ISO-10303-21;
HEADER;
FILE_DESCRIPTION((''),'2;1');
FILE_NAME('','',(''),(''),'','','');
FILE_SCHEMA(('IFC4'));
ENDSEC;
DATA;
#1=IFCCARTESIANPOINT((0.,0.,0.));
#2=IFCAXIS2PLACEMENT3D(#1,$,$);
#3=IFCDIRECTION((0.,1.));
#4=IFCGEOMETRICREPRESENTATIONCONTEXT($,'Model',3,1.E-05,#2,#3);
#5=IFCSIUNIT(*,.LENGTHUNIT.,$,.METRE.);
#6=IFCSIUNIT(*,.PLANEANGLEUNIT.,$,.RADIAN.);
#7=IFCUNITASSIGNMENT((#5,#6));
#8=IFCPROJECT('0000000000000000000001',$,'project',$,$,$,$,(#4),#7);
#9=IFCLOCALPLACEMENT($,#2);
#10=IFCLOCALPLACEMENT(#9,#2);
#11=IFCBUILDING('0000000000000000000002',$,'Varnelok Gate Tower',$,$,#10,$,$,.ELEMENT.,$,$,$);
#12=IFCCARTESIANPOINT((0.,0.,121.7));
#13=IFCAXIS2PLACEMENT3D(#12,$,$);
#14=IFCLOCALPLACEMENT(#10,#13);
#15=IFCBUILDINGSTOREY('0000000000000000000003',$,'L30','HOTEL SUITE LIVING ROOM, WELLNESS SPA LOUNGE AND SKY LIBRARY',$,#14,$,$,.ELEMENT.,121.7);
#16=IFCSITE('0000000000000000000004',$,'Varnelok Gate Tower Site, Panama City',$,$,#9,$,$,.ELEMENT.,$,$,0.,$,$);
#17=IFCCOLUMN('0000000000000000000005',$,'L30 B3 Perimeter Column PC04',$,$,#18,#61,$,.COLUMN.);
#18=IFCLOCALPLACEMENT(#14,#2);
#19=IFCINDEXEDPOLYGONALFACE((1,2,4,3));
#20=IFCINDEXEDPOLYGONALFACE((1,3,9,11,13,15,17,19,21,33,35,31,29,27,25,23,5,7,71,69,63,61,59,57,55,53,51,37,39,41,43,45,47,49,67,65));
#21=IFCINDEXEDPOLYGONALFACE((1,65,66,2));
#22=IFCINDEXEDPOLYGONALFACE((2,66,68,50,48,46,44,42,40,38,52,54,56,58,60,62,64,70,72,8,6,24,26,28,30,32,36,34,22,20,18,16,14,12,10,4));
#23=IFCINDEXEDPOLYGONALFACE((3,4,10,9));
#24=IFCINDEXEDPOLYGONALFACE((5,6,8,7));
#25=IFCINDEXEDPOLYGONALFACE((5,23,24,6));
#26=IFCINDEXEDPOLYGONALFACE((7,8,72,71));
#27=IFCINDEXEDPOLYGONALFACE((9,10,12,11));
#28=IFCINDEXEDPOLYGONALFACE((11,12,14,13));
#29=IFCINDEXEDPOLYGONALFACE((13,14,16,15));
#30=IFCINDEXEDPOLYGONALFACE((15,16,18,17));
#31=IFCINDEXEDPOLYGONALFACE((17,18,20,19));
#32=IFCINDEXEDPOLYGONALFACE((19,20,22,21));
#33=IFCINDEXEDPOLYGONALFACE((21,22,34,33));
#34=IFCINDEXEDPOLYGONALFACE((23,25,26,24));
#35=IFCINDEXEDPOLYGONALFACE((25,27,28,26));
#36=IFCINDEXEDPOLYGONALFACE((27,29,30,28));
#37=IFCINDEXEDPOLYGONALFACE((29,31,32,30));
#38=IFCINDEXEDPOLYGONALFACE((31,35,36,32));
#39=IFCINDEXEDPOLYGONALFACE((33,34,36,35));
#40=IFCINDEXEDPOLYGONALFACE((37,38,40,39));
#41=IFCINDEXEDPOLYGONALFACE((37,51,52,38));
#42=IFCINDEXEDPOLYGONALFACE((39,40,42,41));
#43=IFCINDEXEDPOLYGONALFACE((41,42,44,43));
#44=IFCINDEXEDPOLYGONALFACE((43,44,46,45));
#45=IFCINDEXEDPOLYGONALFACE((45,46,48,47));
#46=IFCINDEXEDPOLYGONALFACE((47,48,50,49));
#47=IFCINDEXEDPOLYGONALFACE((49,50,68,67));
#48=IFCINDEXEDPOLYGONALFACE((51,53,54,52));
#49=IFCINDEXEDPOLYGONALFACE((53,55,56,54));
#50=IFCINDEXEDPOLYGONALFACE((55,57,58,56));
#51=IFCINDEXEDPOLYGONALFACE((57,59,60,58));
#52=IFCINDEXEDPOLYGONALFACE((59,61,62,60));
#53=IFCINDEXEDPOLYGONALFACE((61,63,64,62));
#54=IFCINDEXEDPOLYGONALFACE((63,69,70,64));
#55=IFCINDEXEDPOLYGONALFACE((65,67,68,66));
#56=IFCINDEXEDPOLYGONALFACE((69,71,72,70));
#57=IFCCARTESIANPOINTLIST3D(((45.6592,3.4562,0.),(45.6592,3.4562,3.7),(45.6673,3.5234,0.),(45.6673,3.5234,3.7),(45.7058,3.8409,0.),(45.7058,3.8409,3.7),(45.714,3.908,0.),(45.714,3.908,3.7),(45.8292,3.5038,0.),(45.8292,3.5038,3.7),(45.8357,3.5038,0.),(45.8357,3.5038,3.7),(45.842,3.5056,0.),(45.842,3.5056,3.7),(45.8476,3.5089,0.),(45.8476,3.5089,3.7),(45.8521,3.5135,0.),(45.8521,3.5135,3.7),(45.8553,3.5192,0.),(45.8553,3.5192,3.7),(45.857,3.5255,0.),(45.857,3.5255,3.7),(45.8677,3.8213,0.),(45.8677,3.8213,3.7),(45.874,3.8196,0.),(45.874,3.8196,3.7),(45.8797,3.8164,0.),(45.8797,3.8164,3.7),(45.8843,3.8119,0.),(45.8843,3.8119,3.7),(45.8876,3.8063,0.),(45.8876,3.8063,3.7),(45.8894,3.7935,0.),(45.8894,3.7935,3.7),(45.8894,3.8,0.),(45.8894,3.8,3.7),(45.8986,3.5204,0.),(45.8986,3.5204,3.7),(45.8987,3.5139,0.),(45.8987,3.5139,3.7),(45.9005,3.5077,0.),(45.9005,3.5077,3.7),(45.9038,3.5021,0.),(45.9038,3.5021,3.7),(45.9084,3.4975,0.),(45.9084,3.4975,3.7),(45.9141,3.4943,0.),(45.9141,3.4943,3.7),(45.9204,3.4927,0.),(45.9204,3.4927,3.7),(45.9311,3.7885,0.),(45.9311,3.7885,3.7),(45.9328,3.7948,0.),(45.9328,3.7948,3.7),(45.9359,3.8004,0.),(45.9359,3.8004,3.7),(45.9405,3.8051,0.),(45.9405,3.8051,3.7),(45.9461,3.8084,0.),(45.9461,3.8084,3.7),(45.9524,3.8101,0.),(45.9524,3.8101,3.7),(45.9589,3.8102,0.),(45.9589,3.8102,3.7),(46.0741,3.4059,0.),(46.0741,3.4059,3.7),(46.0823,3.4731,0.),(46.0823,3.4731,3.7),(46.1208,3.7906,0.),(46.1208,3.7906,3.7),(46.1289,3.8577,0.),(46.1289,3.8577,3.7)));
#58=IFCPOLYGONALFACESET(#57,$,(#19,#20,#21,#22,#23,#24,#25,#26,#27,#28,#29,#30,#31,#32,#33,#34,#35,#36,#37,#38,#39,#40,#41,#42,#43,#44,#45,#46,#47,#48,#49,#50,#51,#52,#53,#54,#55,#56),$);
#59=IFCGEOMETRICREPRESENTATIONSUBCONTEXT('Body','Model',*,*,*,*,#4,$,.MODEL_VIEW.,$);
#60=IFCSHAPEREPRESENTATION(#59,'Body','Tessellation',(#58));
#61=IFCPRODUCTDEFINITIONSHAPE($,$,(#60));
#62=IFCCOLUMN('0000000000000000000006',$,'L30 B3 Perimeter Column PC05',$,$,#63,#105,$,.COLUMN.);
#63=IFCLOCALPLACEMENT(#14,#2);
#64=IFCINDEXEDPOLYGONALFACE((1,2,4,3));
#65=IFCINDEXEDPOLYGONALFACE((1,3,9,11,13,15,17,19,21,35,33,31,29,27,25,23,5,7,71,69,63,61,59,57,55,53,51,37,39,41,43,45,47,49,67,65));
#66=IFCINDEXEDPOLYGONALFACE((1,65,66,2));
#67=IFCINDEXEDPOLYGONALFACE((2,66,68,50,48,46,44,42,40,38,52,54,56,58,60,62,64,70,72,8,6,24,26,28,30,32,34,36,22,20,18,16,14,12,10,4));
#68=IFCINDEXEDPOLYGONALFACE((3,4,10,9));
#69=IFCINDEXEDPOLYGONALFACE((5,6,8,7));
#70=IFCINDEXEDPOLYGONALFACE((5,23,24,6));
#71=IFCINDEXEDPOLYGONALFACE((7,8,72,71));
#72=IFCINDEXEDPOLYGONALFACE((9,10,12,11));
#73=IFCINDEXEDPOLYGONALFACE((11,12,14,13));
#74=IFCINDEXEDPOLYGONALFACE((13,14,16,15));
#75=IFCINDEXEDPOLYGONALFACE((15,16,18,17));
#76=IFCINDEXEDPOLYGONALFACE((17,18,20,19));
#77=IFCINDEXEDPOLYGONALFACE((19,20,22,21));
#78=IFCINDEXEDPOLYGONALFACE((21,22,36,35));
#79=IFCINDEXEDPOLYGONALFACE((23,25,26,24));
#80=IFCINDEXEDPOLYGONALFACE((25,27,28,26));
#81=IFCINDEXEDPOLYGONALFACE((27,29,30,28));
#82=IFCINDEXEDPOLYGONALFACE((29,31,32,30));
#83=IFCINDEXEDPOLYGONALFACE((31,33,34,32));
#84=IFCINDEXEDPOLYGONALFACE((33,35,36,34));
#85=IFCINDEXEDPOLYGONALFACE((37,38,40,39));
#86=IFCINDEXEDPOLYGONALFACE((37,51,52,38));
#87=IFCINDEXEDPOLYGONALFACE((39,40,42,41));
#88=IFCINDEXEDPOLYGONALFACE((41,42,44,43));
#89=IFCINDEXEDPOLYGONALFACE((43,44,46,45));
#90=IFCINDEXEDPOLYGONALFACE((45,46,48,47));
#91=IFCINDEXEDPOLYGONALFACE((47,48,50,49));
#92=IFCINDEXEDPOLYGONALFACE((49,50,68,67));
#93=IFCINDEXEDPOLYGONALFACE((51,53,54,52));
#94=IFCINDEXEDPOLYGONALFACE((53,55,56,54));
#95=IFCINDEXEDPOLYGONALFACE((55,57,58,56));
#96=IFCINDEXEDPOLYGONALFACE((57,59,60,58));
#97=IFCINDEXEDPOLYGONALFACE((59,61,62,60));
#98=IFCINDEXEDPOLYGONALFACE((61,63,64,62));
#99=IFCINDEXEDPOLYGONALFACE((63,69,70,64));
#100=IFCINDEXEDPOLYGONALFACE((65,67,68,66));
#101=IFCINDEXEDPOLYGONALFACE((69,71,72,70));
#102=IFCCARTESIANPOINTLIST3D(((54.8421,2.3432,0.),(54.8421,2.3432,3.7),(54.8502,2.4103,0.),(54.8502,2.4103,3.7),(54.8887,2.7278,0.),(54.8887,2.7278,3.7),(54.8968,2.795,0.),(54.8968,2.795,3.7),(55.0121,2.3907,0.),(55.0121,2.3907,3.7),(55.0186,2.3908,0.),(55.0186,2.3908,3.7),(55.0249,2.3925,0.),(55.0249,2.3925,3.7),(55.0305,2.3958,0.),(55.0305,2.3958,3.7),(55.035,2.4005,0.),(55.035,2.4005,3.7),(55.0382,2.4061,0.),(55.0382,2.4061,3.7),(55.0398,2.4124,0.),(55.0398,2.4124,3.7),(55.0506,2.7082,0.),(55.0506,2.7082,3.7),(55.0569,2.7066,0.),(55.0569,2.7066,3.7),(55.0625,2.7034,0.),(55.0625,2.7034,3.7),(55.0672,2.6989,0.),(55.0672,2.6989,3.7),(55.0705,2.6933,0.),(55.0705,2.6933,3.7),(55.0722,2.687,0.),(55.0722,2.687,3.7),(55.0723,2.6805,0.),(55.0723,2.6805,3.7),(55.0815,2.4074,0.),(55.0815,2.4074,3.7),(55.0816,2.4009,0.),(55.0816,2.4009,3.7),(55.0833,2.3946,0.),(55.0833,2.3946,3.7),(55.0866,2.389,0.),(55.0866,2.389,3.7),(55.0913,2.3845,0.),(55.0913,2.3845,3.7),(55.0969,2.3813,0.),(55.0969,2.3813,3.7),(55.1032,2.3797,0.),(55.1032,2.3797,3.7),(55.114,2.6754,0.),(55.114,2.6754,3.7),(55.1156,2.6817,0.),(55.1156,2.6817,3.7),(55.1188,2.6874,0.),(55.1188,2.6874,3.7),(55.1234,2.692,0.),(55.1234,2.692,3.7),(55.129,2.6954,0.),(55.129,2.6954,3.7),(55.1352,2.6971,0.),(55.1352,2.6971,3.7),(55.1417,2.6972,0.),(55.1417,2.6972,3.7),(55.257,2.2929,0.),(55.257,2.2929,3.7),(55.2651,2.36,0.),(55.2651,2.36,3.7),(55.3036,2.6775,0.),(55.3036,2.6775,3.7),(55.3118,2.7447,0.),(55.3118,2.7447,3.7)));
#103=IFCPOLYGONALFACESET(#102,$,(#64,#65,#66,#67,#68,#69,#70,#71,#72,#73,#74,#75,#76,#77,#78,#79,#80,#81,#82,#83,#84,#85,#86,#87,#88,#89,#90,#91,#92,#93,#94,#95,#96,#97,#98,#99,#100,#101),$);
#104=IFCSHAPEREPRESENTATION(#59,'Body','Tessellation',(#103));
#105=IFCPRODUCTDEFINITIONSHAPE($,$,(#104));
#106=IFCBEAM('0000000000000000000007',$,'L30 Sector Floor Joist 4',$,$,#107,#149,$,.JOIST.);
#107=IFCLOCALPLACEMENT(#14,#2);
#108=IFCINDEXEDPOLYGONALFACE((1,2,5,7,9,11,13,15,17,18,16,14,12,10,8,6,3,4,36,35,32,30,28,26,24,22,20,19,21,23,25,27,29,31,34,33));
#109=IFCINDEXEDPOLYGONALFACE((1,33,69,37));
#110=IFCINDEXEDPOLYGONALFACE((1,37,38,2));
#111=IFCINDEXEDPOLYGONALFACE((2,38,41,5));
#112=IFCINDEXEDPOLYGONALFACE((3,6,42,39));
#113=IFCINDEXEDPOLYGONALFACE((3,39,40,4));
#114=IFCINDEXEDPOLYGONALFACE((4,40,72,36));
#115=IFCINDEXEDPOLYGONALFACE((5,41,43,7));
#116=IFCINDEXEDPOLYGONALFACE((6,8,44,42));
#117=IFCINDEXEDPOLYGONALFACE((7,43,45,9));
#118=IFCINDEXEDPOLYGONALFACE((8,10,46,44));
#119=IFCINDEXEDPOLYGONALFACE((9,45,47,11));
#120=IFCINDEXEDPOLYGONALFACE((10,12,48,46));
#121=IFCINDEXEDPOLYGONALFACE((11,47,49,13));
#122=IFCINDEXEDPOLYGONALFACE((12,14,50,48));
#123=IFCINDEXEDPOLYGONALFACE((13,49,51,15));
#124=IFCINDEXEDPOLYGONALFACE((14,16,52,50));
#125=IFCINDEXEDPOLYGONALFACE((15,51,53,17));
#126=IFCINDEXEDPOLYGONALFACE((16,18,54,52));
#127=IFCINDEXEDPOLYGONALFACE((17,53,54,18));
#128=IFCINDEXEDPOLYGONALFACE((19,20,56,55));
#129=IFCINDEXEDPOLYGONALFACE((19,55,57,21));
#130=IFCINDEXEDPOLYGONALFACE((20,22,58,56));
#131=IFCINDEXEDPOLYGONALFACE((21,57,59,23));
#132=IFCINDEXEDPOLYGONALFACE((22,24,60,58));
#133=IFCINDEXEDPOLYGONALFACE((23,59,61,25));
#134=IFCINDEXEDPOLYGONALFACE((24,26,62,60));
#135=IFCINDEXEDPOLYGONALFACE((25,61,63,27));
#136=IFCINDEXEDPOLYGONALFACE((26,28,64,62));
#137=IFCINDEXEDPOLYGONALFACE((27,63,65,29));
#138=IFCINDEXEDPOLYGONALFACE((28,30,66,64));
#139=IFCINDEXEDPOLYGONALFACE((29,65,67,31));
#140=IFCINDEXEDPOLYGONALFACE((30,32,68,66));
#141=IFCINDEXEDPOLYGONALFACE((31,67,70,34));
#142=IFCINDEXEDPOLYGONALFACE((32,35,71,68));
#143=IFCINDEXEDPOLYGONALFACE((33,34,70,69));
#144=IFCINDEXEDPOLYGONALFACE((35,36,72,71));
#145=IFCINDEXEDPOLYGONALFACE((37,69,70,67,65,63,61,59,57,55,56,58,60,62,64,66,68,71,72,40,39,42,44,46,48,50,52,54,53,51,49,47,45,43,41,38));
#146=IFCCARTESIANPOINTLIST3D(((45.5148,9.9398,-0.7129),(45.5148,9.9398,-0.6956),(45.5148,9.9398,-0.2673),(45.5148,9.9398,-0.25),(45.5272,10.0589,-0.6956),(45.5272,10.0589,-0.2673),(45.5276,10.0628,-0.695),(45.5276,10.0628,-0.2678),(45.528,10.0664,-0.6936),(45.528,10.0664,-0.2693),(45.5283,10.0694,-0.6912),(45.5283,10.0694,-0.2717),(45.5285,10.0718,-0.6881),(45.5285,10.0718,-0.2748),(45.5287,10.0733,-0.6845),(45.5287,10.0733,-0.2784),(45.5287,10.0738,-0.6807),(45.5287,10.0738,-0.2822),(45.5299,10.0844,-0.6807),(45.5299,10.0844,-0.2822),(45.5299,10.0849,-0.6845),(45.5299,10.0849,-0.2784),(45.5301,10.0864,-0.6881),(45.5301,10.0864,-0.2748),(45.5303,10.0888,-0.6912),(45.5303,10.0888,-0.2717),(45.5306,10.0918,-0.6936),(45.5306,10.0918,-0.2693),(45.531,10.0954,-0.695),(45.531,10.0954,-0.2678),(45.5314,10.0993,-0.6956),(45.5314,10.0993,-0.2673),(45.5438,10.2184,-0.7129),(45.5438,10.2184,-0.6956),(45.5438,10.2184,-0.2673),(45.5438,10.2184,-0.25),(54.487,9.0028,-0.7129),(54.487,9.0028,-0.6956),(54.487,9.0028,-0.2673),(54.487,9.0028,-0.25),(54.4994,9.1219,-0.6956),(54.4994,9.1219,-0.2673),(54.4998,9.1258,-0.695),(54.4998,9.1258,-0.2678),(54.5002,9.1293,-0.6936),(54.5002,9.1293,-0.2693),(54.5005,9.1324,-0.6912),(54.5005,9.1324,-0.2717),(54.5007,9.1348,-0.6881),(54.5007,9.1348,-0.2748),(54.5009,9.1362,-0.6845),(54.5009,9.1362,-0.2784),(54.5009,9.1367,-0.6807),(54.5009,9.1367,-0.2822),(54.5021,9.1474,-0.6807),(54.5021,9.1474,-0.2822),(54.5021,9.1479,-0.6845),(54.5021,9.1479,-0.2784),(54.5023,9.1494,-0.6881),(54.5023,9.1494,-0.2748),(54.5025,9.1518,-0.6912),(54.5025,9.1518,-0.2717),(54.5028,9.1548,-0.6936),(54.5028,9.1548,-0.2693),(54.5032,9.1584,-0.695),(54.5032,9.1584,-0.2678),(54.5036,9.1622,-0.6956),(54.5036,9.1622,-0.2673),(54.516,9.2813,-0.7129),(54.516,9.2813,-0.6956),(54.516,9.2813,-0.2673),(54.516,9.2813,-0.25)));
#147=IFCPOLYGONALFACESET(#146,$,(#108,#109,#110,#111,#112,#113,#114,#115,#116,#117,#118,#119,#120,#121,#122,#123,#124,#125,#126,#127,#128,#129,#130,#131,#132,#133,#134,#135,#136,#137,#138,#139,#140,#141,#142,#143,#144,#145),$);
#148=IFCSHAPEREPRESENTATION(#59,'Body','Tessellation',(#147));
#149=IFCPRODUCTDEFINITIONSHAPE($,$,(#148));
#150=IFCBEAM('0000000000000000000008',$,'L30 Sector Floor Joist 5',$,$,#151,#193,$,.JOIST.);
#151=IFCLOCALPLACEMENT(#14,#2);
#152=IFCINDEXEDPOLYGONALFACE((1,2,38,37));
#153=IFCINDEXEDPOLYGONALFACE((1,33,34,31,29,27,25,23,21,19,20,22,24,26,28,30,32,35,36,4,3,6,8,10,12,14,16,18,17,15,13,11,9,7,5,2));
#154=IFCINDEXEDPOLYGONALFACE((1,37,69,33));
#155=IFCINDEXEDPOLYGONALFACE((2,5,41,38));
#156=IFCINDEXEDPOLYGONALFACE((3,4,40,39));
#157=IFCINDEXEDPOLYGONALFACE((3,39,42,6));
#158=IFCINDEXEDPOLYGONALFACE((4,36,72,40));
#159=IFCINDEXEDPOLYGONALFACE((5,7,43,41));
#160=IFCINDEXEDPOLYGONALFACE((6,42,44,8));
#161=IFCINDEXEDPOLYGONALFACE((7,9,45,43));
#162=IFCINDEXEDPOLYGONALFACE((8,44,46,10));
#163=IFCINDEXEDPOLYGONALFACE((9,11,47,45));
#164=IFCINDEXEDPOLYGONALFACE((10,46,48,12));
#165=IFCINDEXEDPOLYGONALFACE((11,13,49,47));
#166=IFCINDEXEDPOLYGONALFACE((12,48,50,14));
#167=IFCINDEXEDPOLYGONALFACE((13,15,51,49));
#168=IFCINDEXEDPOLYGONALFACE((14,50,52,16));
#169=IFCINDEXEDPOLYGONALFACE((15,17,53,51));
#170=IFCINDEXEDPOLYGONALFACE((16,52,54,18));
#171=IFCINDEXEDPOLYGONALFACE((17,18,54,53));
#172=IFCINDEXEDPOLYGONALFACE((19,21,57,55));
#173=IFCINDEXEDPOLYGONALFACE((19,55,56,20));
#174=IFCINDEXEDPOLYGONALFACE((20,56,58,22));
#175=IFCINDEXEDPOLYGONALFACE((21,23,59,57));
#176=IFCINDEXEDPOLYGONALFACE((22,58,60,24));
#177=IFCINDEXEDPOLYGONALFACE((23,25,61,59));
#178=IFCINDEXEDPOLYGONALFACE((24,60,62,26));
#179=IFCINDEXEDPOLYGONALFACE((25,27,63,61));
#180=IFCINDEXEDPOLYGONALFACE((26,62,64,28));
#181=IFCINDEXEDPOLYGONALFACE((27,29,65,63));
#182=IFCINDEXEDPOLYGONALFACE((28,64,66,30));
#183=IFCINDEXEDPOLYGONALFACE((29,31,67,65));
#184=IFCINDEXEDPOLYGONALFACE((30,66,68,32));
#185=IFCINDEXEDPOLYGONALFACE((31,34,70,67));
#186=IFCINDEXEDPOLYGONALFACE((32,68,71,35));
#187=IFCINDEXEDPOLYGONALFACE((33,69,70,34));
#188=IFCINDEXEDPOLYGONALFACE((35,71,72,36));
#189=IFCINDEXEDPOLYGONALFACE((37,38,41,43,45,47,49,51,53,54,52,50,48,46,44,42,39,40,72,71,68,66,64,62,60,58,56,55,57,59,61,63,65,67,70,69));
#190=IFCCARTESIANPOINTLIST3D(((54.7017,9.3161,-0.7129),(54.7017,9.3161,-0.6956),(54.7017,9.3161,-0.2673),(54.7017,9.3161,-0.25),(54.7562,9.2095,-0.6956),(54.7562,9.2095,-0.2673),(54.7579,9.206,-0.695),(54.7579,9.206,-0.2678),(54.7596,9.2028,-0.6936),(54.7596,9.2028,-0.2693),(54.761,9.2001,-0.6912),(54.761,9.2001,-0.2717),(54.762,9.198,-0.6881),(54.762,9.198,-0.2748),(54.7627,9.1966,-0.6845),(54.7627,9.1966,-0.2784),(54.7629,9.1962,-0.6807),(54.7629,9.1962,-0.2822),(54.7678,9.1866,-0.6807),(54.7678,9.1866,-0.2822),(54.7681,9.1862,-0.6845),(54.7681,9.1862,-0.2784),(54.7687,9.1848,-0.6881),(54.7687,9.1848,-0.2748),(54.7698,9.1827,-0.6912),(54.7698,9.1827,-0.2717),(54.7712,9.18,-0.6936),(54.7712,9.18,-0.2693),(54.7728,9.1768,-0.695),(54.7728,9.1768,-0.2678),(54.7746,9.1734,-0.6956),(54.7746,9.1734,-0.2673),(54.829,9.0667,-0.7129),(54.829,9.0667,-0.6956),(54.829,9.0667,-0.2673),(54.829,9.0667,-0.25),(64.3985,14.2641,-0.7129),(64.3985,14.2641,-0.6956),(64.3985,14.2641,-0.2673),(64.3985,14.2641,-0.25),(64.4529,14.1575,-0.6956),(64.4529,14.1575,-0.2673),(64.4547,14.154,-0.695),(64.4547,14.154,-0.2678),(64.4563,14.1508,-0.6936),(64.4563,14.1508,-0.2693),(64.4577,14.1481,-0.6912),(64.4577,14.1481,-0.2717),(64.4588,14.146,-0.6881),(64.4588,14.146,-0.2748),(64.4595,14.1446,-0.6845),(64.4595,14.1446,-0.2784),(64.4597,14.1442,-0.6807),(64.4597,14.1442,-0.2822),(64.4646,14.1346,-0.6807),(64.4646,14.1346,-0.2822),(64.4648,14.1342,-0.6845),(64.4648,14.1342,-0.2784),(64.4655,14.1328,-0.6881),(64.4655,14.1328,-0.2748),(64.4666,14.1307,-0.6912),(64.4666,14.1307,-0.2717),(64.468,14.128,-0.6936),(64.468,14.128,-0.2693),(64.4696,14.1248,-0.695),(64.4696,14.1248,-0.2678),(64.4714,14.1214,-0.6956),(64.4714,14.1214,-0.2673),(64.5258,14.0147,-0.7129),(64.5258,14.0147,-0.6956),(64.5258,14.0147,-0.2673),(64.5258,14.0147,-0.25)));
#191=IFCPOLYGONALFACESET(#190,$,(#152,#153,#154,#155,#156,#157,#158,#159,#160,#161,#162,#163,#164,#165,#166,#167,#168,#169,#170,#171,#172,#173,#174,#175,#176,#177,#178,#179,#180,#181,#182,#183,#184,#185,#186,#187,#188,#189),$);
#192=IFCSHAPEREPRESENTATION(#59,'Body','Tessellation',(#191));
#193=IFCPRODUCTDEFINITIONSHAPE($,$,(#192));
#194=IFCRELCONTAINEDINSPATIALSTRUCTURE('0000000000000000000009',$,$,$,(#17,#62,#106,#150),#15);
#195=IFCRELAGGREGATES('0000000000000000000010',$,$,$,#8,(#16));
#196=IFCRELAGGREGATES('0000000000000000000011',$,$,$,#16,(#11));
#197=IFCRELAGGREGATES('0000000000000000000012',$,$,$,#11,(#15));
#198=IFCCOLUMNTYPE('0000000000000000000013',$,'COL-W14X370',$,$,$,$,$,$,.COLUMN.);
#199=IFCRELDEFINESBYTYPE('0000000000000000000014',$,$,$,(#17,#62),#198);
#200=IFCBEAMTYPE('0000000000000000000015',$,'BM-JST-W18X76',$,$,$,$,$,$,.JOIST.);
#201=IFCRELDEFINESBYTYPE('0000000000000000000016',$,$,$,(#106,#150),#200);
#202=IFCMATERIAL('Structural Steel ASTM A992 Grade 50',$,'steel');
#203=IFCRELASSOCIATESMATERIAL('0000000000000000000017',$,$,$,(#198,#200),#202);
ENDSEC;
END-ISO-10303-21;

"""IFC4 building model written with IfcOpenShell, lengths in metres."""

from ifc_helpers import new_model, si_unit, direction, frame, origin, origin_2d, place, context, subcontext, project, spatial, i_section, extrude, material, material_profile, profile_set, type_object, element, save


model = new_model("IFC4")

# Units and contexts
model_context = context("Model", 3, precision=1e-05, world=origin(), true_north=direction((0.0, 1.0)))
body_context = subcontext(model_context, "Body", "Model", "MODEL_VIEW")
ifc_project = project(units=[si_unit("LENGTHUNIT", "METRE"), si_unit("PLANEANGLEUNIT", "RADIAN")], contexts=[model_context])

# Site, building, storey
site_placement = place(None, origin())
site = spatial("IfcSite", under=ifc_project, at=site_placement, Name="Varnelok Gate Tower Site, Panama City", CompositionType="ELEMENT", RefElevation=0.0)
building_placement = place(site_placement, origin())
building = spatial("IfcBuilding", under=site, at=building_placement, Name="Varnelok Gate Tower", CompositionType="ELEMENT")
storey_placement = place(building_placement, frame((0.0, 0.0, 121.7)))
storey = spatial("IfcBuildingStorey", under=building, at=storey_placement, Name="L30", Description="HOTEL SUITE LIVING ROOM, WELLNESS SPA LOUNGE AND SKY LIBRARY", CompositionType="ELEMENT", Elevation=121.7)

# Columns
ifc_material_1 = material(Name="Structural Steel ASTM A992 Grade 50", Category="steel")
ifc_material_profile_1 = material_profile(ifc_material_1, i_section(OverallWidth=0.418, OverallDepth=0.4551, WebThickness=0.042, FlangeThickness=0.0676, FilletRadius=0.0249, at=origin_2d()), Name="W14X370")
ifc_profile_set_1 = profile_set([ifc_material_profile_1], Name="Structural Steel ASTM A992 Grade 50")
column_type = type_object("IfcColumnType", Name="COL-W14X370", PredefinedType="COLUMN", material=ifc_profile_set_1)
for number, where, z_axis, x_axis, name in (
    (1, (45.894, 3.657, 0.0), (0.0, 0.0, 1.0), (0.992732, -0.120345, 0.0), "L30 B3 Perimeter Column PC04"),
    (2, (55.0769, 2.5439, 0.0), (0.0, 0.0, 1.0), (0.992732, -0.120345, 0.0), "L30 B3 Perimeter Column PC05"),
):
    element("IfcColumn", number, at=place(storey_placement, frame(where, z_axis=z_axis, x_axis=x_axis)), inside=storey, type_object=column_type, Name=name, PredefinedType="COLUMN", context=body_context, shape_type="SweptSolid", body=[
        extrude(i_section(OverallWidth=0.418, OverallDepth=0.4551, WebThickness=0.042, FlangeThickness=0.0676, FilletRadius=0.0249, at=origin_2d()), origin(), (0.0, 0.0, 1.0), 3.7),
    ])

# Beams
ifc_material_profile_2 = material_profile(ifc_material_1, i_section(OverallWidth=0.28, OverallDepth=0.4629, WebThickness=0.0107, FlangeThickness=0.0173, FilletRadius=0.0149, at=origin_2d()), Name="W18X76")
ifc_profile_set_2 = profile_set([ifc_material_profile_2], Name="Structural Steel ASTM A992 Grade 50")
beam_type_1 = type_object("IfcBeamType", Name="BM-JST-W18X76", PredefinedType="JOIST", material=ifc_profile_set_2)
beam_1_placement = place(storey_placement, frame((45.5293, 10.0791, -0.4814), z_axis=(0.994591, -0.10387, 0.0), x_axis=(0.10387, 0.994591, 0.0)))
element("IfcBeam", 3, at=beam_1_placement, inside=storey, type_object=beam_type_1, Name="L30 Sector Floor Joist 4", PredefinedType="JOIST", context=body_context, shape_type="SweptSolid", body=[
    extrude(i_section(OverallWidth=0.28, OverallDepth=0.4629, WebThickness=0.0107, FlangeThickness=0.0173, FilletRadius=0.0149, at=origin_2d()), origin(), (0.0, 0.0, 1.0), 9.021),
])
beam_2_placement = place(storey_placement, frame((54.7654, 9.1914, -0.4814), z_axis=(0.890737, 0.454519, 0.0), x_axis=(-0.454519, 0.890737, 0.0)))
element("IfcBeam", 4, at=beam_2_placement, inside=storey, type_object=beam_type_1, Name="L30 Sector Floor Joist 5", PredefinedType="JOIST", context=body_context, shape_type="SweptSolid", body=[
    extrude(i_section(OverallWidth=0.28, OverallDepth=0.4629, WebThickness=0.0107, FlangeThickness=0.0173, FilletRadius=0.0149, at=origin_2d()), origin(), (0.0, 0.0, 1.0), 10.8862),
])

save(model, "model.ifc")
